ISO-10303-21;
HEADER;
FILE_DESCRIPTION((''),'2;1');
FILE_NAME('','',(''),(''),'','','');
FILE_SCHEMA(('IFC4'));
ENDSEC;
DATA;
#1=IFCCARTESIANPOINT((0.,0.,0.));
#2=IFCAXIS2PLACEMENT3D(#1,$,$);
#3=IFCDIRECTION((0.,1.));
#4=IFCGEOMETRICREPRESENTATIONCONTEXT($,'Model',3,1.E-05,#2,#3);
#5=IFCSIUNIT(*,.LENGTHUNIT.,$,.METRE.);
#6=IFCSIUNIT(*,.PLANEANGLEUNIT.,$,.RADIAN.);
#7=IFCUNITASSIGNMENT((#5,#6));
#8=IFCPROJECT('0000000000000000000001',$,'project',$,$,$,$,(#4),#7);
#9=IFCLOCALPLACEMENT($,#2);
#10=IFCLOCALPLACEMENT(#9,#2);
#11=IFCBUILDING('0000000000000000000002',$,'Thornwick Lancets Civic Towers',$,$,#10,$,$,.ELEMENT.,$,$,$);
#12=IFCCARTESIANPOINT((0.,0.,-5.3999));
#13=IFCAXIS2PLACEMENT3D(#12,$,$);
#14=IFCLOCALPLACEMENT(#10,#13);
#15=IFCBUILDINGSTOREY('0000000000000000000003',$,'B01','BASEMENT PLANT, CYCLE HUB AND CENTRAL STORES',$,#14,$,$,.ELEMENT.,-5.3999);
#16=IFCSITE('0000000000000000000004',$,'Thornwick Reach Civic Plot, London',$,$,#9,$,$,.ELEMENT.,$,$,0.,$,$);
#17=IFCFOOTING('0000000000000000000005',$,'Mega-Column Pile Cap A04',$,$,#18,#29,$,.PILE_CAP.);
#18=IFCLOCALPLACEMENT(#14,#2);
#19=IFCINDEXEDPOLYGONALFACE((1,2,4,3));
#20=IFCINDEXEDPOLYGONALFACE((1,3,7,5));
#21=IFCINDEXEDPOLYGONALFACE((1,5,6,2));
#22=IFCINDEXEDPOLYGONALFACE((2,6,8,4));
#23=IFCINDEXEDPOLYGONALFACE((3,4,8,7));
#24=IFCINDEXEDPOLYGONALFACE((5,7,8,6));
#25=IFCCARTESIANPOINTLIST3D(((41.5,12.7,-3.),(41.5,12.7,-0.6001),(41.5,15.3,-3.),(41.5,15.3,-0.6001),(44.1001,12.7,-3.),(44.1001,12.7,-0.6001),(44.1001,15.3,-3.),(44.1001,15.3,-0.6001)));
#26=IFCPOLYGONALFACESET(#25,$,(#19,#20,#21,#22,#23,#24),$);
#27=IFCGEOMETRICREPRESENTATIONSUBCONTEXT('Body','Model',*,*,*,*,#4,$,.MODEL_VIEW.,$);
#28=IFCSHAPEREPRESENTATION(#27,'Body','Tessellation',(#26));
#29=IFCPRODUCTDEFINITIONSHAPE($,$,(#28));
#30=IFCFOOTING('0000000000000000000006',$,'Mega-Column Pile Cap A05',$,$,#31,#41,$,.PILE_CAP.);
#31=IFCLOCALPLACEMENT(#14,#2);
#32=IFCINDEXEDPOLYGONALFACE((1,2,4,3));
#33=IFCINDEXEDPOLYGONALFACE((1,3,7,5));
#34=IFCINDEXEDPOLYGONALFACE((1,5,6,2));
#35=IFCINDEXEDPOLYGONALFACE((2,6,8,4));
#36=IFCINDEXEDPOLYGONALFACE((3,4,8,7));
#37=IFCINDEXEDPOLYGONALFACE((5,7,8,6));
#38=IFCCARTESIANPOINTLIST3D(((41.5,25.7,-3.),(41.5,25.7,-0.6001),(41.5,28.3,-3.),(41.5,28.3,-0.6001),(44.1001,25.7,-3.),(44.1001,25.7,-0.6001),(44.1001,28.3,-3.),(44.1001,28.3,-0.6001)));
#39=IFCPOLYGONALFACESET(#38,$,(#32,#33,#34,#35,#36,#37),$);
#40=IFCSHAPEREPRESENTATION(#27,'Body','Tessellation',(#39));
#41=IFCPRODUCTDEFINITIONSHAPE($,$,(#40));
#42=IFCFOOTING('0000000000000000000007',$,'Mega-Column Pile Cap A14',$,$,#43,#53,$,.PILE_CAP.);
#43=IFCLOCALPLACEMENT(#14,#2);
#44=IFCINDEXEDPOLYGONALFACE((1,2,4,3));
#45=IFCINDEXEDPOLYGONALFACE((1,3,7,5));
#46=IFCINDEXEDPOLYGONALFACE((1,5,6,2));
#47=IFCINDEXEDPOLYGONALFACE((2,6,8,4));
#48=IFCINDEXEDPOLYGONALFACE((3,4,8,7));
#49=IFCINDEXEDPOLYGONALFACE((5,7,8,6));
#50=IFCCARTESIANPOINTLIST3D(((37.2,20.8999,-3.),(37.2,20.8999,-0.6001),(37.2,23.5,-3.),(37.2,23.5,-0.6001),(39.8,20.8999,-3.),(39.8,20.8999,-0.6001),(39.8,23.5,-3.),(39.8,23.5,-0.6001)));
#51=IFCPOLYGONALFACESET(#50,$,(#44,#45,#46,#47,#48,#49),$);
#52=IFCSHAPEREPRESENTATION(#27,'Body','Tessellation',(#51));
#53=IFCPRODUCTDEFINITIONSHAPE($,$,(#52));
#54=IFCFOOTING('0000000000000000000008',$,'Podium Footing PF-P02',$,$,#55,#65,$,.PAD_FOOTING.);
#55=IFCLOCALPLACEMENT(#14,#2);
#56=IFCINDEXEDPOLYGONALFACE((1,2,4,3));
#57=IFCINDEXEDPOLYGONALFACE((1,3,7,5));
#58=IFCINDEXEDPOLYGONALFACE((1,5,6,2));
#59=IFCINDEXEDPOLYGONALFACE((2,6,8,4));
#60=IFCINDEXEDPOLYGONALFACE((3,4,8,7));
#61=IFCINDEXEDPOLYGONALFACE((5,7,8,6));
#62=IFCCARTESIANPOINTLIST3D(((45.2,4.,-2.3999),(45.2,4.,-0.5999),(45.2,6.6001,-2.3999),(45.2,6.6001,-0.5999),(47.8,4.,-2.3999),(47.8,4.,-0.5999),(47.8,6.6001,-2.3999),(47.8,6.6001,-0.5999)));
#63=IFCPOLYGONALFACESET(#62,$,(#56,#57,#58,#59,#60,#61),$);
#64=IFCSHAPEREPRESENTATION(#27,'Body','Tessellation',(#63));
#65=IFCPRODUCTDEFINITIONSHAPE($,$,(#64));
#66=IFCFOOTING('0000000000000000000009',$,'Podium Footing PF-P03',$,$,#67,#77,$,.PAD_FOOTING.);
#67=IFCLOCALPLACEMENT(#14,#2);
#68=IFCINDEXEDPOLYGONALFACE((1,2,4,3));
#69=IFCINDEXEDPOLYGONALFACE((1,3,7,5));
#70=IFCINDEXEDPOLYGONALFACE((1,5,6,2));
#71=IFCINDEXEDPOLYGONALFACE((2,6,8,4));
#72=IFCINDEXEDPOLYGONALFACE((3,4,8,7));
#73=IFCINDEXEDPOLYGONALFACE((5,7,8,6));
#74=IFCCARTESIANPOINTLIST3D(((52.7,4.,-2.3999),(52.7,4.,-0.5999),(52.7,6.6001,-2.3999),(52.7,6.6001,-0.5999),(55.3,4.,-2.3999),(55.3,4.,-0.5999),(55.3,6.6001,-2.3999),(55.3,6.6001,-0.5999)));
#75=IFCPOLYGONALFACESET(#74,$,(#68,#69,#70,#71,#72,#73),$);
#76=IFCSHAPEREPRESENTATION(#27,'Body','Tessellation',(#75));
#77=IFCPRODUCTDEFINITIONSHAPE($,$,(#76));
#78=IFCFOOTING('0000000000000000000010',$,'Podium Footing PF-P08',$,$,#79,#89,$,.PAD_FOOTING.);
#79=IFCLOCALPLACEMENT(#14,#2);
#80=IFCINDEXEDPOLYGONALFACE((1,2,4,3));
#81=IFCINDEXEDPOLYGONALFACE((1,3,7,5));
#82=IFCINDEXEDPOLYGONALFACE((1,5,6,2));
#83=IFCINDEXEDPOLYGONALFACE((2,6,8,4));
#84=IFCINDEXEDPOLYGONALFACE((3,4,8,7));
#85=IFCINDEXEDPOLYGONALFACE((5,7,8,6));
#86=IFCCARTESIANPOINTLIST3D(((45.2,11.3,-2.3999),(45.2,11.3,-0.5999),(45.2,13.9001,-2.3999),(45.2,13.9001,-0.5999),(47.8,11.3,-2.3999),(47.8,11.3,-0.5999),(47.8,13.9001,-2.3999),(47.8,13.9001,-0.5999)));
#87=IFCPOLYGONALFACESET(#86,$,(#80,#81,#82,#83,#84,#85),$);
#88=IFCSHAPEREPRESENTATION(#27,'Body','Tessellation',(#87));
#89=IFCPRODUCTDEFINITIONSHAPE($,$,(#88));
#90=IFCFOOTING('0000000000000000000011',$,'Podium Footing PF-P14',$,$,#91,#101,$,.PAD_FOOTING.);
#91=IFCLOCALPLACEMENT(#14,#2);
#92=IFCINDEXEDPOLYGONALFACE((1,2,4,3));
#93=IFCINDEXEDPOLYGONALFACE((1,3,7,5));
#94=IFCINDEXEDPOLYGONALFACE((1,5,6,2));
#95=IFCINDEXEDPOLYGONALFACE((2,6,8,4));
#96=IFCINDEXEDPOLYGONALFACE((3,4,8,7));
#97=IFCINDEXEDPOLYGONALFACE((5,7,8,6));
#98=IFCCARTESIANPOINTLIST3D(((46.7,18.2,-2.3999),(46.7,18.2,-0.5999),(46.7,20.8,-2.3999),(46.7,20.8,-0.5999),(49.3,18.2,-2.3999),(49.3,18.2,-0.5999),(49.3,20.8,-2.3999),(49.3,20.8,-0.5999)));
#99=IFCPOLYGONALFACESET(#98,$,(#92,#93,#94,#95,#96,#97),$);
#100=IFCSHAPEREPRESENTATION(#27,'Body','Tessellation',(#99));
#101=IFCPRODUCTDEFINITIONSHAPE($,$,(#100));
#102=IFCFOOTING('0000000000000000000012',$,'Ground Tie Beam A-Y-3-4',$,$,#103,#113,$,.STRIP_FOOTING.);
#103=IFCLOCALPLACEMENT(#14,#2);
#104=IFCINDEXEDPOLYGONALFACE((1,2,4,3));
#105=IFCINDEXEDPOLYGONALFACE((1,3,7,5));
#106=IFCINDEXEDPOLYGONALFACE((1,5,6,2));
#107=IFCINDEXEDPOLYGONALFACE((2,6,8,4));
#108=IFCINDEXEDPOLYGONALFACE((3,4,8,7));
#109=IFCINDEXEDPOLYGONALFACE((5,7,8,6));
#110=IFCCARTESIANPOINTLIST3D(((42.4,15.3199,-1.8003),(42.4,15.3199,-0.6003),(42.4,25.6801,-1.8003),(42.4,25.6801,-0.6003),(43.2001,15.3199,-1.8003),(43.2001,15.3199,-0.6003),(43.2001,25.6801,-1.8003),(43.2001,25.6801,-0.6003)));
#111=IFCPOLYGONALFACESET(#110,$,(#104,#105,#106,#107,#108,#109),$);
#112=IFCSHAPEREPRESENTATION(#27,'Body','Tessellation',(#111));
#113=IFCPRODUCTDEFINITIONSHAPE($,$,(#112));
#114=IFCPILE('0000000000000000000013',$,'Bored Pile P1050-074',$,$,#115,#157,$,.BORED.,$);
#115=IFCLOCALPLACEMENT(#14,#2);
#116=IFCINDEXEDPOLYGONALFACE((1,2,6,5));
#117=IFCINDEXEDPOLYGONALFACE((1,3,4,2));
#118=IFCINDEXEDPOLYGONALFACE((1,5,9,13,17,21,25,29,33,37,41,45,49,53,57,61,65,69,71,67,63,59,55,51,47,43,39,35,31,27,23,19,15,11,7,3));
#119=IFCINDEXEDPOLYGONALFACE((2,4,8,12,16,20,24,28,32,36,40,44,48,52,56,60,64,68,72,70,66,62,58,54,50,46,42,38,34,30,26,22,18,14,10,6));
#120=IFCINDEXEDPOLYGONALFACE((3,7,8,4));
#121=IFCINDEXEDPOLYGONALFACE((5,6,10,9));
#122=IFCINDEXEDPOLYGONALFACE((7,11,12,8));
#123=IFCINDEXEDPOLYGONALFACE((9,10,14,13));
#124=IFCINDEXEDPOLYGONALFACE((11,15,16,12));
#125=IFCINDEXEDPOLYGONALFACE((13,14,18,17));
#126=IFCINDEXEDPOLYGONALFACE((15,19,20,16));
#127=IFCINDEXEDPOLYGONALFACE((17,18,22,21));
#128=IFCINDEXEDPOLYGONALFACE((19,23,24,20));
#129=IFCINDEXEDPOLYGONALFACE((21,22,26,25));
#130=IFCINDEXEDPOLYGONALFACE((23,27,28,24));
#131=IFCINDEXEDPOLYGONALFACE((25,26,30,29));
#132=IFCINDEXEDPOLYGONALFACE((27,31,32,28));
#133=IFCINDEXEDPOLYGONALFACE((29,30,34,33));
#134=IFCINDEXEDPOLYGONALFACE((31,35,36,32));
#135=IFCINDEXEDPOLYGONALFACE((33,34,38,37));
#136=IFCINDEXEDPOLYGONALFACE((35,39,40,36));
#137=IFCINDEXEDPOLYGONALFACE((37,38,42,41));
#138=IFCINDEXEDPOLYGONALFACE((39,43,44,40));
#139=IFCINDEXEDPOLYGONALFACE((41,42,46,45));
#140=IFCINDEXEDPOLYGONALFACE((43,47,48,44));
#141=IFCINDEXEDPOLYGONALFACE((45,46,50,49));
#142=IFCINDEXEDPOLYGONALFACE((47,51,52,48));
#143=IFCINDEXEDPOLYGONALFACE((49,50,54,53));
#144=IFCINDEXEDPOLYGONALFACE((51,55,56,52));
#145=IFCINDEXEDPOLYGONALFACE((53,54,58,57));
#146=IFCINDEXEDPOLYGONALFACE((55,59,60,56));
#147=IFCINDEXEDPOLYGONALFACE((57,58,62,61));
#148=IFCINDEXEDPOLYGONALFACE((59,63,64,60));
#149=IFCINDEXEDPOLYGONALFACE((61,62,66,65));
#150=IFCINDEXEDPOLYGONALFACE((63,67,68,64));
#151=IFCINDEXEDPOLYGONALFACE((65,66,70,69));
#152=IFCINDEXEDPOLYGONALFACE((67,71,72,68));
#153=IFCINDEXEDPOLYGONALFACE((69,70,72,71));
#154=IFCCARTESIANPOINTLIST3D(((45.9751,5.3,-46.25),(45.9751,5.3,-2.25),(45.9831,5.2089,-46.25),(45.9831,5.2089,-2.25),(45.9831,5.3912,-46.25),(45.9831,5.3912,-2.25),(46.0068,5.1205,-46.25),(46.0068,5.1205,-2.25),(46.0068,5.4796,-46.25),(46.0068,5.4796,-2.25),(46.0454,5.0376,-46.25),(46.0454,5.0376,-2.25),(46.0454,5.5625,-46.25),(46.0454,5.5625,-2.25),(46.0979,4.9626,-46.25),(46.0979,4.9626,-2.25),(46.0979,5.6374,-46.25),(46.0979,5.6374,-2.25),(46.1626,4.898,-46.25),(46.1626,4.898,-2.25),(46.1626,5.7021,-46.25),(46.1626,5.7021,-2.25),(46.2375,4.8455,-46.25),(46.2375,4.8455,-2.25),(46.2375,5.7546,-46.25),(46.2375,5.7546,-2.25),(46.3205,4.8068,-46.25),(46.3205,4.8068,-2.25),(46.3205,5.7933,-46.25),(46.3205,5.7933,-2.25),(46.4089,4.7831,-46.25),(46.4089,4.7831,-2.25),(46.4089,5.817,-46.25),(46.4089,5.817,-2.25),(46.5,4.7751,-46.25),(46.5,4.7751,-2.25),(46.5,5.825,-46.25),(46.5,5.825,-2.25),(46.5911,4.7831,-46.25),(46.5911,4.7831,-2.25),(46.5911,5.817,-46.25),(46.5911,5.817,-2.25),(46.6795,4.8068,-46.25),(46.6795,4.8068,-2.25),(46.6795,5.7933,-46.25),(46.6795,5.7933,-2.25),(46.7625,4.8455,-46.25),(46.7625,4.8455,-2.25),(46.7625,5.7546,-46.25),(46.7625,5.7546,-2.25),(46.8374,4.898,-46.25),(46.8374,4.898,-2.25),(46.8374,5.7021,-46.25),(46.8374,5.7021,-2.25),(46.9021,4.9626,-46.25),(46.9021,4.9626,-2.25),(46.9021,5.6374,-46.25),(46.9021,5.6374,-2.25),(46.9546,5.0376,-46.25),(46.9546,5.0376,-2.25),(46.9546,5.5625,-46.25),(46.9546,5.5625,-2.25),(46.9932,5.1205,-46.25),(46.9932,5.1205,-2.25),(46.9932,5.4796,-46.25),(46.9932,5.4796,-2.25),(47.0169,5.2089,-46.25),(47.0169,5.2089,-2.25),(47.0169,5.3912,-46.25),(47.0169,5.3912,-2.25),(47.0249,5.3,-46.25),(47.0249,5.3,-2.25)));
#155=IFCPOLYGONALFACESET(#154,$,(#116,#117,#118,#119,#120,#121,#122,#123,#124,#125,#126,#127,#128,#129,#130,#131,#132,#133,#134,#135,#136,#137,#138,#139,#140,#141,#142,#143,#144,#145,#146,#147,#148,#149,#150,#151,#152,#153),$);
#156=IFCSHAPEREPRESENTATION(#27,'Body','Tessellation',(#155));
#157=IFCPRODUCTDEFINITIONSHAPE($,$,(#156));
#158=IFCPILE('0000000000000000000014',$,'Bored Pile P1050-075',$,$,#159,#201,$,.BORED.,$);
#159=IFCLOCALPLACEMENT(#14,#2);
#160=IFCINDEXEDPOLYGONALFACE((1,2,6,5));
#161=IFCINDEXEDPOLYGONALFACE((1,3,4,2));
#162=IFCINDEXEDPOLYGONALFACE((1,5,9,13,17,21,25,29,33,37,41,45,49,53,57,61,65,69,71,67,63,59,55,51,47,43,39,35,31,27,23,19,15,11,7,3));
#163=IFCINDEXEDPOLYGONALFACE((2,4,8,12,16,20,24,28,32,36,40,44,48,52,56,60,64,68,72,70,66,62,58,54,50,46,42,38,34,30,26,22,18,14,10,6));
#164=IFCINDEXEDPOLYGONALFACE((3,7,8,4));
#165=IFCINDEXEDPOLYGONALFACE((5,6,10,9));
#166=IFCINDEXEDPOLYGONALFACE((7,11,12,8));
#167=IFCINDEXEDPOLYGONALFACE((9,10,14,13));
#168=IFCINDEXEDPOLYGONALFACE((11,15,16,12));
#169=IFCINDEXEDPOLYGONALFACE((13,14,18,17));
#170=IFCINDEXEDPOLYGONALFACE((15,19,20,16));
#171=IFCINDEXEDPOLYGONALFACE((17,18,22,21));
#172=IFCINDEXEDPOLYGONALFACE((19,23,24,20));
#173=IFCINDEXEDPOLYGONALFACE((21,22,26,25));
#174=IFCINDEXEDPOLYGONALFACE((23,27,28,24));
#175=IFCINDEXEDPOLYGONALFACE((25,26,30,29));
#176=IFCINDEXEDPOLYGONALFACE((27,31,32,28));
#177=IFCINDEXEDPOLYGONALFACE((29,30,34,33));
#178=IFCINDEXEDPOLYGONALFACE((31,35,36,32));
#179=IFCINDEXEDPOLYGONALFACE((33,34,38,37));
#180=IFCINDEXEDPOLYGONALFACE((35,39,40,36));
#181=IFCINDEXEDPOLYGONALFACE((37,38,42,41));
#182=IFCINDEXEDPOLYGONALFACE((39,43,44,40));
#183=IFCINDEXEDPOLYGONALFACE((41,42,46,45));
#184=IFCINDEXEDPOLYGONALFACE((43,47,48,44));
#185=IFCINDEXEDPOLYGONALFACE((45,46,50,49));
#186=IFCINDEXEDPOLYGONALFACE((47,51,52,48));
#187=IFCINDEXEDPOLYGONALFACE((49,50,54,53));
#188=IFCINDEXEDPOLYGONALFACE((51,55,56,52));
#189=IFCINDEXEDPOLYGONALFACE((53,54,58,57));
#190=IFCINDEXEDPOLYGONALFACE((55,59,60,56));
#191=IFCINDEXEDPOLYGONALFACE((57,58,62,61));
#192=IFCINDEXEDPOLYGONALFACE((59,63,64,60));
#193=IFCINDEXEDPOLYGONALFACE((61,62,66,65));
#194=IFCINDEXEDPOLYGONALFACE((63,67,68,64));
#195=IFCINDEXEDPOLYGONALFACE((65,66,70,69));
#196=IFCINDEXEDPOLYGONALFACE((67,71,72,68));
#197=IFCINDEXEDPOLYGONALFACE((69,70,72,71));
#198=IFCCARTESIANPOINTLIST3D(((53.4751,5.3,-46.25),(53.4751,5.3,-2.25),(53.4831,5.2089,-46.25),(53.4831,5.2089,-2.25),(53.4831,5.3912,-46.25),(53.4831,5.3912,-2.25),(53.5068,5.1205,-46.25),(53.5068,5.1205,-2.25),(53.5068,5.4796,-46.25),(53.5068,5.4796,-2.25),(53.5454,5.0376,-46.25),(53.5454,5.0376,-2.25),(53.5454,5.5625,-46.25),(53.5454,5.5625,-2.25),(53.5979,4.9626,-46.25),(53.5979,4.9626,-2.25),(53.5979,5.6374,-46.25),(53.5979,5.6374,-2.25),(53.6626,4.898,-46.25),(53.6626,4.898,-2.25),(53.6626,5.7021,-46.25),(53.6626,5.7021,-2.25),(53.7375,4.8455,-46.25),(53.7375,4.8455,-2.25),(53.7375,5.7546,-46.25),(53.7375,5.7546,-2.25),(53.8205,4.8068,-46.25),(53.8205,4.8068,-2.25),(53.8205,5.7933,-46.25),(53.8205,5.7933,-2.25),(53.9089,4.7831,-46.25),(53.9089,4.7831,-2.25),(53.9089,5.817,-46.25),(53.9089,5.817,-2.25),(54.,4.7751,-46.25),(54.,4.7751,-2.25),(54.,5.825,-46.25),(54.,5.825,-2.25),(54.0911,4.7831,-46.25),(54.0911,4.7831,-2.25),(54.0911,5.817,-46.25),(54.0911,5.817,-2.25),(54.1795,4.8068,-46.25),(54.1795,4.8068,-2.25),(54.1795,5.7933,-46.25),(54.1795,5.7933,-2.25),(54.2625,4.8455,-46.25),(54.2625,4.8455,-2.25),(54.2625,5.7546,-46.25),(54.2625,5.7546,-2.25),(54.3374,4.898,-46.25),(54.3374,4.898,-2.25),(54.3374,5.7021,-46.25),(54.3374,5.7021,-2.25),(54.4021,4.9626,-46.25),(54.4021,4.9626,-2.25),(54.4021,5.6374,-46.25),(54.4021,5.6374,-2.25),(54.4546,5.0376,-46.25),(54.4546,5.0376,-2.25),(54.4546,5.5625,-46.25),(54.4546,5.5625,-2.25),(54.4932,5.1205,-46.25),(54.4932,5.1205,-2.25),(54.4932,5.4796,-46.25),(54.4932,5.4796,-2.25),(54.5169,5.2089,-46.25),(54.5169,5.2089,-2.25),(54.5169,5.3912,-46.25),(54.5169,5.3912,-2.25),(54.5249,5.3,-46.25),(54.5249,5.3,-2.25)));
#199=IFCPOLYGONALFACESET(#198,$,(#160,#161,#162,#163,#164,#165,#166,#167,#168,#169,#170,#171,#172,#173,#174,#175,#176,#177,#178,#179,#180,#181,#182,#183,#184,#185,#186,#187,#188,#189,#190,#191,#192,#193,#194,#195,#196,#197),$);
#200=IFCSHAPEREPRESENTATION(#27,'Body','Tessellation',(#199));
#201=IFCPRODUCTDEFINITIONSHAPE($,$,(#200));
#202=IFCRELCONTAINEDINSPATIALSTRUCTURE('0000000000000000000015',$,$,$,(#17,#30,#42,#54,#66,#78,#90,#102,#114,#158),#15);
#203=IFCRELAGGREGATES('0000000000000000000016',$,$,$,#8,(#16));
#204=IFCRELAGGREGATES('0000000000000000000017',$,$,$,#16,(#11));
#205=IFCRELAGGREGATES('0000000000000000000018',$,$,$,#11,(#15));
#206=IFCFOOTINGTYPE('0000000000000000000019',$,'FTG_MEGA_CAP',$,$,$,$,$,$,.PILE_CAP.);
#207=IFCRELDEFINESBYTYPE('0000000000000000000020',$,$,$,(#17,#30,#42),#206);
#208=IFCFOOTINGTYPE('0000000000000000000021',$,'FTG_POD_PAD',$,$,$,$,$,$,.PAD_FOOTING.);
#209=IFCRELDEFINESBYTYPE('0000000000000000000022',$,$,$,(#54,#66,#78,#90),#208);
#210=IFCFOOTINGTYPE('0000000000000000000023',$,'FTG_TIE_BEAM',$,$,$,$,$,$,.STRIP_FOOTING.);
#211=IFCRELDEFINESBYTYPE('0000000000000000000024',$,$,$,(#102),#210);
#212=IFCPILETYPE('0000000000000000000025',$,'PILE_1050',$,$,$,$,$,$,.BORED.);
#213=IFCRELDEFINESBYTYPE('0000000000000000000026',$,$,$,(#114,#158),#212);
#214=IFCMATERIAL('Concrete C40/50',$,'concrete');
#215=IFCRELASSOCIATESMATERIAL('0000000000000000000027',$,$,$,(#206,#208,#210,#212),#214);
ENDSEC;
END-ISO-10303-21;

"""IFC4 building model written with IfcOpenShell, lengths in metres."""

from ifc_helpers import new_model, si_unit, direction, frame, origin, origin_2d, place, context, subcontext, project, spatial, rectangle, circle, extrude, material, material_profile, profile_set, type_object, element, save


model = new_model("IFC4")

# Units and contexts
model_context = context("Model", 3, precision=1e-05, world=origin(), true_north=direction((0.0, 1.0)))
body_context = subcontext(model_context, "Body", "Model", "MODEL_VIEW")
ifc_project = project(units=[si_unit("LENGTHUNIT", "METRE"), si_unit("PLANEANGLEUNIT", "RADIAN")], contexts=[model_context])

# Site, building, storey
site_placement = place(None, origin())
site = spatial("IfcSite", under=ifc_project, at=site_placement, Name="Thornwick Reach Civic Plot, London", CompositionType="ELEMENT", RefElevation=0.0)
building_placement = place(site_placement, origin())
building = spatial("IfcBuilding", under=site, at=building_placement, Name="Thornwick Lancets Civic Towers", CompositionType="ELEMENT")
storey_placement = place(building_placement, frame((0.0, 0.0, -5.3999)))
storey = spatial("IfcBuildingStorey", under=building, at=storey_placement, Name="B01", Description="BASEMENT PLANT, CYCLE HUB AND CENTRAL STORES", CompositionType="ELEMENT", Elevation=-5.3999)

# Footings
ifc_material_1 = material(Name="Concrete C40/50", Category="concrete")
footing_type_1 = type_object("IfcFootingType", Name="FTG_MEGA_CAP", PredefinedType="PILE_CAP", material=ifc_material_1)
for number, where, z_axis, x_axis, name in (
    (1, (42.8, 14.0, -3.0), (0.0, 0.0, 1.0), (1.0, 0.0, 0.0), "Mega-Column Pile Cap A04"),
    (2, (42.8, 27.0, -3.0), (0.0, 0.0, 1.0), (1.0, 0.0, 0.0), "Mega-Column Pile Cap A05"),
    (3, (38.5, 22.2, -3.0), (0.0, 0.0, 1.0), (1.0, 0.0, 0.0), "Mega-Column Pile Cap A14"),
):
    element("IfcFooting", number, at=place(storey_placement, frame(where, z_axis=z_axis, x_axis=x_axis)), inside=storey, type_object=footing_type_1, Name=name, PredefinedType="PILE_CAP", context=body_context, shape_type="SweptSolid", body=[
        extrude(rectangle(XDim=2.6001, YDim=2.6001, at=origin_2d()), origin(), (0.0, 0.0, 1.0), 2.3999),
    ])
footing_type_2 = type_object("IfcFootingType", Name="FTG_POD_PAD", PredefinedType="PAD_FOOTING", material=ifc_material_1)
for number, where, z_axis, x_axis, name in (
    (4, (46.5, 5.3, -2.3999), (0.0, 0.0, 1.0), (1.0, 0.0, 0.0), "Podium Footing PF-P02"),
    (5, (54.0, 5.3, -2.3999), (0.0, 0.0, 1.0), (1.0, 0.0, 0.0), "Podium Footing PF-P03"),
    (6, (46.5, 12.6001, -2.3999), (0.0, 0.0, 1.0), (1.0, 0.0, 0.0), "Podium Footing PF-P08"),
    (7, (48.0, 19.5, -2.3999), (0.0, 0.0, 1.0), (1.0, 0.0, 0.0), "Podium Footing PF-P14"),
):
    element("IfcFooting", number, at=place(storey_placement, frame(where, z_axis=z_axis, x_axis=x_axis)), inside=storey, type_object=footing_type_2, Name=name, PredefinedType="PAD_FOOTING", context=body_context, shape_type="SweptSolid", body=[
        extrude(rectangle(XDim=2.6001, YDim=2.6001, at=origin_2d()), origin(), (0.0, 0.0, 1.0), 1.8),
    ])
footing_type_3 = type_object("IfcFootingType", Name="FTG_TIE_BEAM", PredefinedType="STRIP_FOOTING", material=ifc_material_1)
footing_placement = place(storey_placement, frame((42.8, 20.5, -1.8003), z_axis=(0.0, 0.0, 1.0), x_axis=(1.0, 0.0, 0.0)))
element("IfcFooting", 8, at=footing_placement, inside=storey, type_object=footing_type_3, Name="Ground Tie Beam A-Y-3-4", PredefinedType="STRIP_FOOTING", context=body_context, shape_type="SweptSolid", body=[
    extrude(rectangle(XDim=0.8, YDim=10.3601, at=origin_2d()), origin(), (0.0, 0.0, 1.0), 1.2),
])

# Piles
ifc_material_profile_1 = material_profile(ifc_material_1, circle(Radius=0.5249, at=origin_2d()), Name="PILE D1050")
ifc_profile_set_1 = profile_set([ifc_material_profile_1], Name="Concrete C40/50")
pile_type_1 = type_object("IfcPileType", Name="PILE_1050", PredefinedType="BORED", material=ifc_profile_set_1)
for number, where, z_axis, x_axis, name in (
    (9, (46.5, 5.3, -2.25), (0.0, 0.0, -1.0), (1.0, 0.0, 0.0), "Bored Pile P1050-074"),
    (10, (54.0, 5.3, -2.25), (0.0, 0.0, -1.0), (1.0, 0.0, 0.0), "Bored Pile P1050-075"),
):
    element("IfcPile", number, at=place(storey_placement, frame(where, z_axis=z_axis, x_axis=x_axis)), inside=storey, type_object=pile_type_1, Name=name, PredefinedType="BORED", context=body_context, shape_type="SweptSolid", body=[
        extrude(circle(Radius=0.5249, at=origin_2d()), origin(), (0.0, 0.0, 1.0), 44.0),
    ])

save(model, "model.ifc")
